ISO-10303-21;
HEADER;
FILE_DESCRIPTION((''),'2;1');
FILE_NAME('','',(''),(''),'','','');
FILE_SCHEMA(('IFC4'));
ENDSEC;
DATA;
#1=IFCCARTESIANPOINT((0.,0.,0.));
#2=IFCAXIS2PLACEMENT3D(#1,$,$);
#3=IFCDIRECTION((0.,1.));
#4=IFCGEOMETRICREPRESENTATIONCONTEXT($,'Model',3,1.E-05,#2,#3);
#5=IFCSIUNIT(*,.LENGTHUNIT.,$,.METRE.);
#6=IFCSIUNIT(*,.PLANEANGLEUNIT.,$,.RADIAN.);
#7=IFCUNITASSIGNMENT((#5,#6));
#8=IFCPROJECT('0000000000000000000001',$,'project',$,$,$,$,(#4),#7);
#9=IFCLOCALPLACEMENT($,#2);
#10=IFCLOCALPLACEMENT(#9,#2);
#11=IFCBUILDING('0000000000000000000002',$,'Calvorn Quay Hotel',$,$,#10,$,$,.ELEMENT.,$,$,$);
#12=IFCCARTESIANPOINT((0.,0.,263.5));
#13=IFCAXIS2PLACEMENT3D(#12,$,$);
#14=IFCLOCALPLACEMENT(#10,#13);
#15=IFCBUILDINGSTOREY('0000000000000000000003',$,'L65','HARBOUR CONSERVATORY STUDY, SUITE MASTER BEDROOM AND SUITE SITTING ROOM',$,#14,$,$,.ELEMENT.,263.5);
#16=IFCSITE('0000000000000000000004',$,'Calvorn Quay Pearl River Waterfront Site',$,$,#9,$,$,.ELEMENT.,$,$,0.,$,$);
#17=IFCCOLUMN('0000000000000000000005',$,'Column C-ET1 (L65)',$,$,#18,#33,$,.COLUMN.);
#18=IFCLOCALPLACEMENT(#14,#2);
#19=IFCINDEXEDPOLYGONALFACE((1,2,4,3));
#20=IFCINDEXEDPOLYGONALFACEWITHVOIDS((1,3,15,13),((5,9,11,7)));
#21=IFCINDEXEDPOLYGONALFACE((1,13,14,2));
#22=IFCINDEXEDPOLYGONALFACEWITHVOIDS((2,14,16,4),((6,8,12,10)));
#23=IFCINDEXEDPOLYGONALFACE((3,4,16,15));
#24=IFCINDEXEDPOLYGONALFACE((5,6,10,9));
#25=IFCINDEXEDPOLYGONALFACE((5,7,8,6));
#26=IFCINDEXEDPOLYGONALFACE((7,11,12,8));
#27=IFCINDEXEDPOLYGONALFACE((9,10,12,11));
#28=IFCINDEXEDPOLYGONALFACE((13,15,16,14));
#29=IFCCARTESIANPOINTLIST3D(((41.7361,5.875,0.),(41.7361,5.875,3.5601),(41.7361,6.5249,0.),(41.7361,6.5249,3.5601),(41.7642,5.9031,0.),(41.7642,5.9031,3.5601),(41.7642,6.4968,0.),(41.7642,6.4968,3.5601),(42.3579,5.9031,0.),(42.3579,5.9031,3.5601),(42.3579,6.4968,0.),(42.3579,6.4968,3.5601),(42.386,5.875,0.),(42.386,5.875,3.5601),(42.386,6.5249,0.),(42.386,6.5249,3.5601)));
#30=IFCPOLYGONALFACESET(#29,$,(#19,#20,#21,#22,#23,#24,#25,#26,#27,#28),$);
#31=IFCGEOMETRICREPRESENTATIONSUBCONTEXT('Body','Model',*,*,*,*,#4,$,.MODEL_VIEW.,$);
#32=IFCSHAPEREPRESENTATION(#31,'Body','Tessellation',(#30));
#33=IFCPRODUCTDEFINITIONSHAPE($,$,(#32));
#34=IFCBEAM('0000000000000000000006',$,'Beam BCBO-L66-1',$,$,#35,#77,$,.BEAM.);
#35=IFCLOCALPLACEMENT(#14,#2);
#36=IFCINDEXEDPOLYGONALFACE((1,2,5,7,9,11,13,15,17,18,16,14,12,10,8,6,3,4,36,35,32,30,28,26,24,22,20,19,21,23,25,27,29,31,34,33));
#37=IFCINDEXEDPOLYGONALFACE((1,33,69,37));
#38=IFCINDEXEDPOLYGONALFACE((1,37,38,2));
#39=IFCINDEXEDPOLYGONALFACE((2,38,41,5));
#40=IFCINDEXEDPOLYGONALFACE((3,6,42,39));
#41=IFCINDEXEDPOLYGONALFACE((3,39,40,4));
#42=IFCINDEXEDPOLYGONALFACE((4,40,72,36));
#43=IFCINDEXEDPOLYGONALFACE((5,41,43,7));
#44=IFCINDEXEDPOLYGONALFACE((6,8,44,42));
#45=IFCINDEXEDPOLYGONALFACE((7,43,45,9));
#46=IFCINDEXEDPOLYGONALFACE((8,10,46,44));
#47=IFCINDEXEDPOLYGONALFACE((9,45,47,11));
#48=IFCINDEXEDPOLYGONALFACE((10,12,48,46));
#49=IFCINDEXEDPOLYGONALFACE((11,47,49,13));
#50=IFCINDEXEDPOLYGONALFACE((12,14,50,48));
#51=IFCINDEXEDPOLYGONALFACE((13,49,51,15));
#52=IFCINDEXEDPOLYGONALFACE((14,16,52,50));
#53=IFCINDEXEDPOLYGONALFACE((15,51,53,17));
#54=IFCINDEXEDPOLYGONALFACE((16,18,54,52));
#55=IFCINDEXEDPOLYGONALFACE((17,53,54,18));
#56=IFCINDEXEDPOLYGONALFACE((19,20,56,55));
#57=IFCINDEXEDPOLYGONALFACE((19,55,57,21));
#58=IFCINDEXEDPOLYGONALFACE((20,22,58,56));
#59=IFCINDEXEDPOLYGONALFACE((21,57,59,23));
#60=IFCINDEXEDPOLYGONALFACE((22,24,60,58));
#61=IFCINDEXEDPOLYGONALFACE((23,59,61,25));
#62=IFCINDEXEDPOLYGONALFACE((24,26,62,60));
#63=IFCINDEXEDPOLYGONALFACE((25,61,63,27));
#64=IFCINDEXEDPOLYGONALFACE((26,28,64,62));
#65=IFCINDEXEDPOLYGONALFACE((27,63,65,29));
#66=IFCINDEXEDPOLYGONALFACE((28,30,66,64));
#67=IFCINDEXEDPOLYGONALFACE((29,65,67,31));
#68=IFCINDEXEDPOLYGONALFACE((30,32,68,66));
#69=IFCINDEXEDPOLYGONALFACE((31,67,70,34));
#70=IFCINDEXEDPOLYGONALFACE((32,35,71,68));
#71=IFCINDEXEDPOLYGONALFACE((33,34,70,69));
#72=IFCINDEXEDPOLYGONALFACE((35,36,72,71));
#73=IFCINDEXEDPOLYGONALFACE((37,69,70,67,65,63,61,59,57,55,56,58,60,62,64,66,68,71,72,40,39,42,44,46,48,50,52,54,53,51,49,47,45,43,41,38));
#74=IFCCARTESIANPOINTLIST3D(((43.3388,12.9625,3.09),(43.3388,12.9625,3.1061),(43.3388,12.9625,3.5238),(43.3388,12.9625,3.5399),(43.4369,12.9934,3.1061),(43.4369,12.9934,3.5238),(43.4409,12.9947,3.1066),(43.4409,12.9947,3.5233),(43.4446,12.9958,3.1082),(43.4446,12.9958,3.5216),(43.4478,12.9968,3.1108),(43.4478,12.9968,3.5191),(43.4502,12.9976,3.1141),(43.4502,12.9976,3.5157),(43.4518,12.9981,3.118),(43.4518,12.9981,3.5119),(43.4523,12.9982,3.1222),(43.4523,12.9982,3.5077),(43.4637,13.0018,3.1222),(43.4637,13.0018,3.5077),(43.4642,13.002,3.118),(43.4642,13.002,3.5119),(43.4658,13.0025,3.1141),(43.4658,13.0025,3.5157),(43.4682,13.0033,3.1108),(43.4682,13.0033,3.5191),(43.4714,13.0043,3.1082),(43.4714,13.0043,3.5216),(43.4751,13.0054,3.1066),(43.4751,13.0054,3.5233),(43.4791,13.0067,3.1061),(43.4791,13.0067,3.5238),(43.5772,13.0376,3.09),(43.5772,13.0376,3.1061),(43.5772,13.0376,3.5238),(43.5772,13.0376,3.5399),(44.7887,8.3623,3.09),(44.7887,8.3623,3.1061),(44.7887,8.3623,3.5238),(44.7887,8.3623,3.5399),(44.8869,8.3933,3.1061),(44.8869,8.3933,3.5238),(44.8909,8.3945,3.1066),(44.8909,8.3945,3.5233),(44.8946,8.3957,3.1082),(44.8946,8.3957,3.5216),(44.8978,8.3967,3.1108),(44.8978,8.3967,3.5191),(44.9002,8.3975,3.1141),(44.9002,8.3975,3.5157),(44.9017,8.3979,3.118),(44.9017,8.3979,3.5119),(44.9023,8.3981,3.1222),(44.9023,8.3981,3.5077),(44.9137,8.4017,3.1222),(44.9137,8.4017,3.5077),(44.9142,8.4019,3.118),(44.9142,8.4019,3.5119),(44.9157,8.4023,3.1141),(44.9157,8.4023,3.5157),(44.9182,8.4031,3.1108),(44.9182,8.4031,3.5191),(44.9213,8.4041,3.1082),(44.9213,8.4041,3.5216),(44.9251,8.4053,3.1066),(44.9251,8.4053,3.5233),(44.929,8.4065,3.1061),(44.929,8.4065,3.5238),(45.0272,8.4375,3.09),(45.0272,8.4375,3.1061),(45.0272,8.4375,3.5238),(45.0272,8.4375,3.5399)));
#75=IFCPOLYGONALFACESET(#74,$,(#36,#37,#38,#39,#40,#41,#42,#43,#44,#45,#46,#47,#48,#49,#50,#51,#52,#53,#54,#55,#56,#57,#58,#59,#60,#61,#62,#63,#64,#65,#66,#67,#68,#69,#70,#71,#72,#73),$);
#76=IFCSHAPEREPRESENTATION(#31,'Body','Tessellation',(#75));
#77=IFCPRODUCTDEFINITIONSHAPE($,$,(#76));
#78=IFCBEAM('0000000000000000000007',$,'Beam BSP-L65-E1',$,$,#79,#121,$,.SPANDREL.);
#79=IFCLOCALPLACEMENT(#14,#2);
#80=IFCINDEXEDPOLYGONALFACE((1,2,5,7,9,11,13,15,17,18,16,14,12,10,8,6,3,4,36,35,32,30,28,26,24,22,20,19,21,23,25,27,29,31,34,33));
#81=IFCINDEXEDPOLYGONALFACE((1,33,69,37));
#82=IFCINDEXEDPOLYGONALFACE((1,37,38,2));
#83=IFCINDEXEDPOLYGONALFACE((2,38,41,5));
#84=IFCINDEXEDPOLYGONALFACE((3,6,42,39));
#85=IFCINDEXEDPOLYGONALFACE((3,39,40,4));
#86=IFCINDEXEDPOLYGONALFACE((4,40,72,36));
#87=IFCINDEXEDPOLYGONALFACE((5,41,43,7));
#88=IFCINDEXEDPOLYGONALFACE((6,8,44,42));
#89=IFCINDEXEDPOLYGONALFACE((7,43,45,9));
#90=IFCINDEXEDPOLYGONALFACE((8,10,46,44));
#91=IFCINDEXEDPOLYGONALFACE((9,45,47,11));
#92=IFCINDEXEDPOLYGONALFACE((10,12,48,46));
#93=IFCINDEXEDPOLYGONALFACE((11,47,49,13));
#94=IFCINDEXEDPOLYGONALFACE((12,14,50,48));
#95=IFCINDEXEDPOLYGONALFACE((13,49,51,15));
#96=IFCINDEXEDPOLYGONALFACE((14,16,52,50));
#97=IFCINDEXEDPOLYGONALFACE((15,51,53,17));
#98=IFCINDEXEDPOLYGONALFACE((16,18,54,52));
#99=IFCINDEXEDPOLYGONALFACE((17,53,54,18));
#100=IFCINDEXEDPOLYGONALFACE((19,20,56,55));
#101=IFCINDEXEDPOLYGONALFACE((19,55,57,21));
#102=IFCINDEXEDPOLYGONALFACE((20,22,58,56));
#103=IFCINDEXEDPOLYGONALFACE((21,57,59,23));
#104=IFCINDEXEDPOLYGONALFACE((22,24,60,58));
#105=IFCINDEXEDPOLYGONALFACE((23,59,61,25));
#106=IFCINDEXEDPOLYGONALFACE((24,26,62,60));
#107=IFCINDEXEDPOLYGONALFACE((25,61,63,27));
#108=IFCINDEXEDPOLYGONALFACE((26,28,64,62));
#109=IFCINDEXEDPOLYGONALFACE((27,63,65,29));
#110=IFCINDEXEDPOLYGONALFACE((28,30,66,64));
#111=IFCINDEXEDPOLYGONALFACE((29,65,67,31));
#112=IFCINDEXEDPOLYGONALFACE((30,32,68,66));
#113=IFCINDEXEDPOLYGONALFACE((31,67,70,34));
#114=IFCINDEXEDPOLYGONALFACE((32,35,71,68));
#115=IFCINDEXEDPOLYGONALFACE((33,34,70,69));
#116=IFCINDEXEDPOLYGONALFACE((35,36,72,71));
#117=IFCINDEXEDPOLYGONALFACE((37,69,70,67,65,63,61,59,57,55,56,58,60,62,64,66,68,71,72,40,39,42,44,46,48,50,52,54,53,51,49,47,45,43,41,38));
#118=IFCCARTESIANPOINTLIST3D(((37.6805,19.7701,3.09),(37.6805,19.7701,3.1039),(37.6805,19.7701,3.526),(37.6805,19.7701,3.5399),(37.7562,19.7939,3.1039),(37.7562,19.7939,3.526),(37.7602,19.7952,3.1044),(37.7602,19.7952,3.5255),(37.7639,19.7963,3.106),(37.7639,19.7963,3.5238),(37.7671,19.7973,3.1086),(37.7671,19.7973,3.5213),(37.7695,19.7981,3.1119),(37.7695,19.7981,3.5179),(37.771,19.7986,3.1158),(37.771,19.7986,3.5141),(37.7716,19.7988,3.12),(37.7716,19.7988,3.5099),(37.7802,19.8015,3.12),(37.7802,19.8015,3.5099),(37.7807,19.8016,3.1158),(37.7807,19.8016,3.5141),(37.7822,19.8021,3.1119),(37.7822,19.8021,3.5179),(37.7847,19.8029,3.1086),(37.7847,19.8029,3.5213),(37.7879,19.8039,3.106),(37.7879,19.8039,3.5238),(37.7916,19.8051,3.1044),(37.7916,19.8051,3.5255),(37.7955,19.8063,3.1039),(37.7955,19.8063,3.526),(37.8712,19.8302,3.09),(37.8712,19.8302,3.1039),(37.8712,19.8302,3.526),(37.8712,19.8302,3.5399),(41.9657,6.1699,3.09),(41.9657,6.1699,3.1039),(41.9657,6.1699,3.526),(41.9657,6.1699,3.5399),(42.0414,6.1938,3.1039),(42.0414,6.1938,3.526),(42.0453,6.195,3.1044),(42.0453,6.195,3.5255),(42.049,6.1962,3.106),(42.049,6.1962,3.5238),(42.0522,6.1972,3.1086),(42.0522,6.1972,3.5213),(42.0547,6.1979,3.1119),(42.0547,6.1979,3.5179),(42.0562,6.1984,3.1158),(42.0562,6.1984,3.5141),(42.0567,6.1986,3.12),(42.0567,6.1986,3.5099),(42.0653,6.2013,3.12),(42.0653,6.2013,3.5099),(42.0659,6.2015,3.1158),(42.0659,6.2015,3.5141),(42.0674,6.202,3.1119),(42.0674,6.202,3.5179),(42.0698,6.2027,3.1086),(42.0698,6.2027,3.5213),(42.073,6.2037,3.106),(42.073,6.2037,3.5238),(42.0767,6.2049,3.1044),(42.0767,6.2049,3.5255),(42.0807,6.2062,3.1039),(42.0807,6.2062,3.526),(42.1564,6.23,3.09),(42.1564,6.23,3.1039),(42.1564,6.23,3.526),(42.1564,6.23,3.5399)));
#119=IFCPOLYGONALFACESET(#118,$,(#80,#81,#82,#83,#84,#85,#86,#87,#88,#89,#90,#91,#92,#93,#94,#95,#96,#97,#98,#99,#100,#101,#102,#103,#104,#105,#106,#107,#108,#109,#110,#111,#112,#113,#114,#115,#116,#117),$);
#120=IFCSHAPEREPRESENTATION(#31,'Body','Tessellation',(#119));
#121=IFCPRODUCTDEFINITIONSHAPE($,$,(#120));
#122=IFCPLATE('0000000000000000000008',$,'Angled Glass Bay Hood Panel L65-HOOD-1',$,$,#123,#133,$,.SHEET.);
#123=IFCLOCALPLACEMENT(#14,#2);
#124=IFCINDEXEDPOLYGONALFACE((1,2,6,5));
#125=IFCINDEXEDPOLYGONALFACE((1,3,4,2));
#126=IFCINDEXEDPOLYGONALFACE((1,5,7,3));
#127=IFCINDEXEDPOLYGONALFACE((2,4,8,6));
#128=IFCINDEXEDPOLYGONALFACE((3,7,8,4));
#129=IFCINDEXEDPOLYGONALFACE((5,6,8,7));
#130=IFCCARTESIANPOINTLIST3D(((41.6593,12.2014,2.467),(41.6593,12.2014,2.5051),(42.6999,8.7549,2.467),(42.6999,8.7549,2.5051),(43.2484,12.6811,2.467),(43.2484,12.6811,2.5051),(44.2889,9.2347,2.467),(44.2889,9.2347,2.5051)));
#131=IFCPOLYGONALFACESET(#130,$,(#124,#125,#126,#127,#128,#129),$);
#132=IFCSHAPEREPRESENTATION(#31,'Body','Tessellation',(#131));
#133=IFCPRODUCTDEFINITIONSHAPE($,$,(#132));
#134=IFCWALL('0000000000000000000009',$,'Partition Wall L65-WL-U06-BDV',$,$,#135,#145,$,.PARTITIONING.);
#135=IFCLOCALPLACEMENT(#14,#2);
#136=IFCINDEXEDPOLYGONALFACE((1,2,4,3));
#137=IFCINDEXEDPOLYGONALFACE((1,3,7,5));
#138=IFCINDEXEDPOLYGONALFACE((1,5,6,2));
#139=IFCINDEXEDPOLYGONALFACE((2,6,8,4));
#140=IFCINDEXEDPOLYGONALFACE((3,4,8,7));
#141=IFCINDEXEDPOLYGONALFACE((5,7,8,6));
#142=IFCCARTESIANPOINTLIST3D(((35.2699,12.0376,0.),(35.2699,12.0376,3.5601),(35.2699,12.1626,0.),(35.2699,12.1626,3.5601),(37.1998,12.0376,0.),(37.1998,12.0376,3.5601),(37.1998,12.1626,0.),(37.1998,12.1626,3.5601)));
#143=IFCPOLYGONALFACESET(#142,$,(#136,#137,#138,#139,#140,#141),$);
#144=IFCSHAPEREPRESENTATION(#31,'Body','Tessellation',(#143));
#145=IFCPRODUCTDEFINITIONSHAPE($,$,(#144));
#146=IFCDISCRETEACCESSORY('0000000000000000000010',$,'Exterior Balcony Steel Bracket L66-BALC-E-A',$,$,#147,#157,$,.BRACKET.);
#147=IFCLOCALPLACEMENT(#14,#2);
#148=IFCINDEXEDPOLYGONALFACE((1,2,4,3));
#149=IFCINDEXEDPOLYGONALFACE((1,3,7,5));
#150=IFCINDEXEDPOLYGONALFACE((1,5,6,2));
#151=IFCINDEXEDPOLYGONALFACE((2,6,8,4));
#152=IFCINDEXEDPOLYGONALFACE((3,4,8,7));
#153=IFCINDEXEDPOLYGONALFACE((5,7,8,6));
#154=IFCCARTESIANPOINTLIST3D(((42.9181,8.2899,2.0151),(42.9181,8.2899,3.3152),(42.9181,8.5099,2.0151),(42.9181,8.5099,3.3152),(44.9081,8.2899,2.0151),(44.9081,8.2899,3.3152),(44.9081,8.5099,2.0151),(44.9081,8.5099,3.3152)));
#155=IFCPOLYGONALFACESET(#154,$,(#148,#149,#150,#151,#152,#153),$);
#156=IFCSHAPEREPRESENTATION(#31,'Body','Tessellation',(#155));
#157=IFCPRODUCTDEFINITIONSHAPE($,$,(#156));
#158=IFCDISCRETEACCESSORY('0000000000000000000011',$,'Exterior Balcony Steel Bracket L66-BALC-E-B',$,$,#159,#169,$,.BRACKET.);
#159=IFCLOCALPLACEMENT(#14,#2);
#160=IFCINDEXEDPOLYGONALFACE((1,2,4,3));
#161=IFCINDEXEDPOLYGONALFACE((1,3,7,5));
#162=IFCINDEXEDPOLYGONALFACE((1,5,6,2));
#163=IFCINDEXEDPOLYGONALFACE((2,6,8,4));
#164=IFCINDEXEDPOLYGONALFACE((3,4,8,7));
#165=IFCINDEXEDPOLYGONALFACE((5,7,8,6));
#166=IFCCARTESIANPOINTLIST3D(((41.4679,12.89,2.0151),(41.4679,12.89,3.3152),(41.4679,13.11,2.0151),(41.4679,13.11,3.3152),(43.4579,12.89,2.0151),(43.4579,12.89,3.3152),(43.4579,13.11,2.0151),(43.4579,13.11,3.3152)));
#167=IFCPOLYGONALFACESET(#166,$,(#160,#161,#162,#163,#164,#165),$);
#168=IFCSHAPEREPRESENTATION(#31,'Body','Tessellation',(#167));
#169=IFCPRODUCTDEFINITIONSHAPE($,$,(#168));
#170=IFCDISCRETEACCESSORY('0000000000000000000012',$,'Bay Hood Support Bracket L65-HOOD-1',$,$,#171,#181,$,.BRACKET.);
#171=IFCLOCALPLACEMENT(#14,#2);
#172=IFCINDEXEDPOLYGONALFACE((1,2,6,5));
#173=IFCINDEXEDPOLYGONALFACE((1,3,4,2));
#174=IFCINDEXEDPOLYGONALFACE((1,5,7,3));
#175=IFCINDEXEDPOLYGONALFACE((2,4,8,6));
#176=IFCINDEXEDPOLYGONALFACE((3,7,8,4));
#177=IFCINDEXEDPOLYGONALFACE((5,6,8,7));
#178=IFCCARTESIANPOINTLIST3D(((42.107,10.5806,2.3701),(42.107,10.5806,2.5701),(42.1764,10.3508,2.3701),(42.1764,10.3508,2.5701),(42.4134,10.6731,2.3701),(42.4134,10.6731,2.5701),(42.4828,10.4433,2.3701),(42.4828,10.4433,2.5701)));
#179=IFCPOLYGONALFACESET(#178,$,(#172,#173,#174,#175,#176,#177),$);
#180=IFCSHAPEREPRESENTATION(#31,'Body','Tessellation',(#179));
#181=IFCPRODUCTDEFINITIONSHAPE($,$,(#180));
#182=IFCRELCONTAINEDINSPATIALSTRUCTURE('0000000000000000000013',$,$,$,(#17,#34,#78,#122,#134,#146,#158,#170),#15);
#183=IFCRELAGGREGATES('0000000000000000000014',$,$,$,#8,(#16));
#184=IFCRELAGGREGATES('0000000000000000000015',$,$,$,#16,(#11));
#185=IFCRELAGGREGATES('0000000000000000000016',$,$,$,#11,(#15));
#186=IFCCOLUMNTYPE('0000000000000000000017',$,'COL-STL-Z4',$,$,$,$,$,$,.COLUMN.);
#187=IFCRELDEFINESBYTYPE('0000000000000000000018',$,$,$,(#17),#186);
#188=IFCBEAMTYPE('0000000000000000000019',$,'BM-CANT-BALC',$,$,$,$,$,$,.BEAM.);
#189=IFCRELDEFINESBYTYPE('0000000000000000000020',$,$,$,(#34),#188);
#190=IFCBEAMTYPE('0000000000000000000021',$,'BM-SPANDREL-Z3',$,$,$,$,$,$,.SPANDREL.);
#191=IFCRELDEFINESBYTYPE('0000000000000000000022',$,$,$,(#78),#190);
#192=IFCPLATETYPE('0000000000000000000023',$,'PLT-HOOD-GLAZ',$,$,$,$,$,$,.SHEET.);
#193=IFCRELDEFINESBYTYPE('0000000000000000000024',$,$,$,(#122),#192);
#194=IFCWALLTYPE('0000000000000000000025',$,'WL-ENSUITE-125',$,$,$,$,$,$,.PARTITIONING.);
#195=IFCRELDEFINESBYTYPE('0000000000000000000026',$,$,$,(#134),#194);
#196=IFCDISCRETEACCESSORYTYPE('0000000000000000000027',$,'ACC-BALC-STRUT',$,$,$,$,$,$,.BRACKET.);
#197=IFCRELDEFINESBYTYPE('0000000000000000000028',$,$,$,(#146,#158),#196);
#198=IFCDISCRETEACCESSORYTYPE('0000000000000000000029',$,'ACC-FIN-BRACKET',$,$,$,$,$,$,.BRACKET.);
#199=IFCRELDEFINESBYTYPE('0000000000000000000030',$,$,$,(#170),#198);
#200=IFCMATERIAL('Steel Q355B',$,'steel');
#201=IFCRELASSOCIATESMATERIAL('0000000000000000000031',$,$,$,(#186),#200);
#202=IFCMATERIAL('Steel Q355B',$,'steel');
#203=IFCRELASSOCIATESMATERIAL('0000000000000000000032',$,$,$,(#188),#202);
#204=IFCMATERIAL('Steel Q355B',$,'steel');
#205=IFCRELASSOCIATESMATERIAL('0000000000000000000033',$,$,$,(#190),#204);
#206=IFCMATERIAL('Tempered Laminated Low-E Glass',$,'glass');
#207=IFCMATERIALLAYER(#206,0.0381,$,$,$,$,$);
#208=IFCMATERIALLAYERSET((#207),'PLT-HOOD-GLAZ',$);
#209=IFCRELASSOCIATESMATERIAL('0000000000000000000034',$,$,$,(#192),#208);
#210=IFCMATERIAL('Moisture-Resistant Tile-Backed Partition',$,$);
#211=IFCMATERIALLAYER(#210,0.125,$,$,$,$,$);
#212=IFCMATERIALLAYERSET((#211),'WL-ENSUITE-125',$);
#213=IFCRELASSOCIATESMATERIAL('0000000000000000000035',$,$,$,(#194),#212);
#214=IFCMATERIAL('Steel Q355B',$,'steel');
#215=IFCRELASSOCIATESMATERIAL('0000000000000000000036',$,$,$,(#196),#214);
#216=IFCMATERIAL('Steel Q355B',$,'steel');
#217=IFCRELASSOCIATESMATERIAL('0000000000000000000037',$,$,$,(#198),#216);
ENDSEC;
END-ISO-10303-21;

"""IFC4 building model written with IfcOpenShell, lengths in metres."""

from ifc_helpers import new_model, si_unit, direction, frame, frame_2d, origin, origin_2d, place, context, subcontext, project, spatial, rectangle, hollow_rectangle, i_section, extrude, material, layer, layer_set, material_profile, profile_set, type_object, element, save


model = new_model("IFC4")

# Units and contexts
model_context = context("Model", 3, precision=1e-05, world=origin(), true_north=direction((0.0, 1.0)))
body_context = subcontext(model_context, "Body", "Model", "MODEL_VIEW")
ifc_project = project(units=[si_unit("LENGTHUNIT", "METRE"), si_unit("PLANEANGLEUNIT", "RADIAN")], contexts=[model_context])

# Site, building, storey
site_placement = place(None, origin())
site = spatial("IfcSite", under=ifc_project, at=site_placement, Name="Calvorn Quay Pearl River Waterfront Site", CompositionType="ELEMENT", RefElevation=0.0)
building_placement = place(site_placement, origin())
building = spatial("IfcBuilding", under=site, at=building_placement, Name="Calvorn Quay Hotel", CompositionType="ELEMENT")
storey_placement = place(building_placement, frame((0.0, 0.0, 263.5)))
storey = spatial("IfcBuildingStorey", under=building, at=storey_placement, Name="L65", Description="HARBOUR CONSERVATORY STUDY, SUITE MASTER BEDROOM AND SUITE SITTING ROOM", CompositionType="ELEMENT", Elevation=263.5)

# Column
ifc_material_1 = material(Name="Steel Q355B", Category="steel")
ifc_material_profile_1 = material_profile(ifc_material_1, hollow_rectangle(XDim=0.6499, YDim=0.6499, WallThickness=0.0281, at=origin_2d()), Name="BOX650x650x28")
ifc_profile_set_1 = profile_set([ifc_material_profile_1], Name="Steel Q355B")
column_type = type_object("IfcColumnType", Name="COL-STL-Z4", PredefinedType="COLUMN", material=ifc_profile_set_1)
column_placement = place(storey_placement, frame((42.061, 6.2, 0.0), z_axis=(0.0, 0.0, 1.0), x_axis=(1.0, 0.0, 0.0)))
element("IfcColumn", 1, at=column_placement, inside=storey, type_object=column_type, Name="Column C-ET1 (L65)", PredefinedType="COLUMN", context=body_context, shape_type="SweptSolid", body=[
    extrude(hollow_rectangle(XDim=0.6499, YDim=0.6499, WallThickness=0.0281, at=origin_2d()), origin(), (0.0, 0.0, 1.0), 3.5601),
])

# Beams
ifc_material_2 = material(Name="Steel Q355B", Category="steel")
ifc_material_profile_2 = material_profile(ifc_material_2, i_section(OverallWidth=0.25, OverallDepth=0.45, WebThickness=0.012, FlangeThickness=0.0161, FilletRadius=0.0161, at=origin_2d()), Name="HN450x250x12x16")
ifc_profile_set_2 = profile_set([ifc_material_profile_2], Name="Steel Q355B")
beam_type_1 = type_object("IfcBeamType", Name="BM-CANT-BALC", PredefinedType="BEAM", material=ifc_profile_set_2)
beam_1_placement = place(storey_placement, frame((44.908, 8.3999, 3.3149), z_axis=(-0.30062, 0.953744, 0.0), x_axis=(-0.953744, -0.30062, 0.0)))
element("IfcBeam", 2, at=beam_1_placement, inside=storey, type_object=beam_type_1, Name="Beam BCBO-L66-1", PredefinedType="BEAM", context=body_context, shape_type="SweptSolid", body=[
    extrude(i_section(OverallWidth=0.25, OverallDepth=0.45, WebThickness=0.012, FlangeThickness=0.0161, FilletRadius=0.0161, at=origin_2d()), origin(), (0.0, 0.0, 1.0), 4.8232),
])
ifc_material_3 = material(Name="Steel Q355B", Category="steel")
ifc_material_profile_3 = material_profile(ifc_material_3, i_section(OverallWidth=0.2, OverallDepth=0.45, WebThickness=0.009, FlangeThickness=0.0139, FilletRadius=0.0161, at=origin_2d()), Name="HN450x200x9x14")
ifc_profile_set_3 = profile_set([ifc_material_profile_3], Name="Steel Q355B")
beam_type_2 = type_object("IfcBeamType", Name="BM-SPANDREL-Z3", PredefinedType="SPANDREL", material=ifc_profile_set_3)
beam_2_placement = place(storey_placement, frame((42.061, 6.2, 3.3149), z_axis=(-0.300518, 0.953776, 0.0), x_axis=(-0.953776, -0.300518, 0.0)))
element("IfcBeam", 3, at=beam_2_placement, inside=storey, type_object=beam_type_2, Name="Beam BSP-L65-E1", PredefinedType="SPANDREL", context=body_context, shape_type="SweptSolid", body=[
    extrude(i_section(OverallWidth=0.2, OverallDepth=0.45, WebThickness=0.009, FlangeThickness=0.0139, FilletRadius=0.0161, at=origin_2d()), origin(), (0.0, 0.0, 1.0), 14.2593),
])

# Plate
ifc_material_4 = material(Name="Tempered Laminated Low-E Glass", Category="glass")
ifc_layer_1 = layer(ifc_material_4, 0.0381)
ifc_layer_set_1 = layer_set([ifc_layer_1], Name="PLT-HOOD-GLAZ")
plate_type = type_object("IfcPlateType", Name="PLT-HOOD-GLAZ", PredefinedType="SHEET", material=ifc_layer_set_1)
plate_placement = place(storey_placement, frame((42.9741, 10.718, 2.467), z_axis=(0.0, 0.0, 1.0), x_axis=(0.957319, 0.289032, 0.0)))
element("IfcPlate", 4, at=plate_placement, inside=storey, type_object=plate_type, Name="Angled Glass Bay Hood Panel L65-HOOD-1", PredefinedType="SHEET", context=body_context, shape_type="SweptSolid", body=[
    extrude(rectangle(XDim=1.6599, YDim=3.6001, at=origin_2d()), origin(), (0.0, 0.0, 1.0), 0.0381),
])

# Wall
ifc_material_5 = material(Name="Moisture-Resistant Tile-Backed Partition")
ifc_layer_2 = layer(ifc_material_5, 0.125)
ifc_layer_set_2 = layer_set([ifc_layer_2], Name="WL-ENSUITE-125")
wall_type = type_object("IfcWallType", Name="WL-ENSUITE-125", PredefinedType="PARTITIONING", material=ifc_layer_set_2)
wall_placement = place(storey_placement, frame((35.27, 12.1001, 0.0), z_axis=(0.0, 0.0, 1.0), x_axis=(1.0, 0.0, 0.0)))
element("IfcWall", 5, at=wall_placement, inside=storey, type_object=wall_type, Name="Partition Wall L65-WL-U06-BDV", PredefinedType="PARTITIONING", context=body_context, shape_type="SweptSolid", body=[
    extrude(rectangle(XDim=1.9299, YDim=0.125, at=frame_2d((0.9648, 0.0))), origin(), (0.0, 0.0, 1.0), 3.5601),
])

# Discrete accessories
ifc_material_6 = material(Name="Steel Q355B", Category="steel")
discrete_accessory_type_1 = type_object("IfcDiscreteAccessoryType", Name="ACC-BALC-STRUT", PredefinedType="BRACKET", material=ifc_material_6)
for number, where, z_axis, x_axis, name in (
    (6, (43.9131, 8.3999, 2.0151), (0.0, 0.0, 1.0), (1.0, 0.0, 0.0), "Exterior Balcony Steel Bracket L66-BALC-E-A"),
    (7, (42.4629, 13.0, 2.0151), (0.0, 0.0, 1.0), (1.0, 0.0, 0.0), "Exterior Balcony Steel Bracket L66-BALC-E-B"),
):
    element("IfcDiscreteAccessory", number, at=place(storey_placement, frame(where, z_axis=z_axis, x_axis=x_axis)), inside=storey, type_object=discrete_accessory_type_1, Name=name, PredefinedType="BRACKET", context=body_context, shape_type="SweptSolid", body=[
        extrude(rectangle(XDim=1.99, YDim=0.22, at=origin_2d()), origin(), (0.0, 0.0, 1.0), 1.3),
    ])
ifc_material_7 = material(Name="Steel Q355B", Category="steel")
discrete_accessory_type_2 = type_object("IfcDiscreteAccessoryType", Name="ACC-FIN-BRACKET", PredefinedType="BRACKET", material=ifc_material_7)
discrete_accessory_1_placement = place(storey_placement, frame((42.2949, 10.512, 2.3701), z_axis=(0.0, 0.0, 1.0), x_axis=(0.957319, 0.289032, 0.0)))
element("IfcDiscreteAccessory", 8, at=discrete_accessory_1_placement, inside=storey, type_object=discrete_accessory_type_2, Name="Bay Hood Support Bracket L65-HOOD-1", PredefinedType="BRACKET", context=body_context, shape_type="SweptSolid", body=[
    extrude(rectangle(XDim=0.3201, YDim=0.24, at=origin_2d()), origin(), (0.0, 0.0, 1.0), 0.2),
])

save(model, "model.ifc")
